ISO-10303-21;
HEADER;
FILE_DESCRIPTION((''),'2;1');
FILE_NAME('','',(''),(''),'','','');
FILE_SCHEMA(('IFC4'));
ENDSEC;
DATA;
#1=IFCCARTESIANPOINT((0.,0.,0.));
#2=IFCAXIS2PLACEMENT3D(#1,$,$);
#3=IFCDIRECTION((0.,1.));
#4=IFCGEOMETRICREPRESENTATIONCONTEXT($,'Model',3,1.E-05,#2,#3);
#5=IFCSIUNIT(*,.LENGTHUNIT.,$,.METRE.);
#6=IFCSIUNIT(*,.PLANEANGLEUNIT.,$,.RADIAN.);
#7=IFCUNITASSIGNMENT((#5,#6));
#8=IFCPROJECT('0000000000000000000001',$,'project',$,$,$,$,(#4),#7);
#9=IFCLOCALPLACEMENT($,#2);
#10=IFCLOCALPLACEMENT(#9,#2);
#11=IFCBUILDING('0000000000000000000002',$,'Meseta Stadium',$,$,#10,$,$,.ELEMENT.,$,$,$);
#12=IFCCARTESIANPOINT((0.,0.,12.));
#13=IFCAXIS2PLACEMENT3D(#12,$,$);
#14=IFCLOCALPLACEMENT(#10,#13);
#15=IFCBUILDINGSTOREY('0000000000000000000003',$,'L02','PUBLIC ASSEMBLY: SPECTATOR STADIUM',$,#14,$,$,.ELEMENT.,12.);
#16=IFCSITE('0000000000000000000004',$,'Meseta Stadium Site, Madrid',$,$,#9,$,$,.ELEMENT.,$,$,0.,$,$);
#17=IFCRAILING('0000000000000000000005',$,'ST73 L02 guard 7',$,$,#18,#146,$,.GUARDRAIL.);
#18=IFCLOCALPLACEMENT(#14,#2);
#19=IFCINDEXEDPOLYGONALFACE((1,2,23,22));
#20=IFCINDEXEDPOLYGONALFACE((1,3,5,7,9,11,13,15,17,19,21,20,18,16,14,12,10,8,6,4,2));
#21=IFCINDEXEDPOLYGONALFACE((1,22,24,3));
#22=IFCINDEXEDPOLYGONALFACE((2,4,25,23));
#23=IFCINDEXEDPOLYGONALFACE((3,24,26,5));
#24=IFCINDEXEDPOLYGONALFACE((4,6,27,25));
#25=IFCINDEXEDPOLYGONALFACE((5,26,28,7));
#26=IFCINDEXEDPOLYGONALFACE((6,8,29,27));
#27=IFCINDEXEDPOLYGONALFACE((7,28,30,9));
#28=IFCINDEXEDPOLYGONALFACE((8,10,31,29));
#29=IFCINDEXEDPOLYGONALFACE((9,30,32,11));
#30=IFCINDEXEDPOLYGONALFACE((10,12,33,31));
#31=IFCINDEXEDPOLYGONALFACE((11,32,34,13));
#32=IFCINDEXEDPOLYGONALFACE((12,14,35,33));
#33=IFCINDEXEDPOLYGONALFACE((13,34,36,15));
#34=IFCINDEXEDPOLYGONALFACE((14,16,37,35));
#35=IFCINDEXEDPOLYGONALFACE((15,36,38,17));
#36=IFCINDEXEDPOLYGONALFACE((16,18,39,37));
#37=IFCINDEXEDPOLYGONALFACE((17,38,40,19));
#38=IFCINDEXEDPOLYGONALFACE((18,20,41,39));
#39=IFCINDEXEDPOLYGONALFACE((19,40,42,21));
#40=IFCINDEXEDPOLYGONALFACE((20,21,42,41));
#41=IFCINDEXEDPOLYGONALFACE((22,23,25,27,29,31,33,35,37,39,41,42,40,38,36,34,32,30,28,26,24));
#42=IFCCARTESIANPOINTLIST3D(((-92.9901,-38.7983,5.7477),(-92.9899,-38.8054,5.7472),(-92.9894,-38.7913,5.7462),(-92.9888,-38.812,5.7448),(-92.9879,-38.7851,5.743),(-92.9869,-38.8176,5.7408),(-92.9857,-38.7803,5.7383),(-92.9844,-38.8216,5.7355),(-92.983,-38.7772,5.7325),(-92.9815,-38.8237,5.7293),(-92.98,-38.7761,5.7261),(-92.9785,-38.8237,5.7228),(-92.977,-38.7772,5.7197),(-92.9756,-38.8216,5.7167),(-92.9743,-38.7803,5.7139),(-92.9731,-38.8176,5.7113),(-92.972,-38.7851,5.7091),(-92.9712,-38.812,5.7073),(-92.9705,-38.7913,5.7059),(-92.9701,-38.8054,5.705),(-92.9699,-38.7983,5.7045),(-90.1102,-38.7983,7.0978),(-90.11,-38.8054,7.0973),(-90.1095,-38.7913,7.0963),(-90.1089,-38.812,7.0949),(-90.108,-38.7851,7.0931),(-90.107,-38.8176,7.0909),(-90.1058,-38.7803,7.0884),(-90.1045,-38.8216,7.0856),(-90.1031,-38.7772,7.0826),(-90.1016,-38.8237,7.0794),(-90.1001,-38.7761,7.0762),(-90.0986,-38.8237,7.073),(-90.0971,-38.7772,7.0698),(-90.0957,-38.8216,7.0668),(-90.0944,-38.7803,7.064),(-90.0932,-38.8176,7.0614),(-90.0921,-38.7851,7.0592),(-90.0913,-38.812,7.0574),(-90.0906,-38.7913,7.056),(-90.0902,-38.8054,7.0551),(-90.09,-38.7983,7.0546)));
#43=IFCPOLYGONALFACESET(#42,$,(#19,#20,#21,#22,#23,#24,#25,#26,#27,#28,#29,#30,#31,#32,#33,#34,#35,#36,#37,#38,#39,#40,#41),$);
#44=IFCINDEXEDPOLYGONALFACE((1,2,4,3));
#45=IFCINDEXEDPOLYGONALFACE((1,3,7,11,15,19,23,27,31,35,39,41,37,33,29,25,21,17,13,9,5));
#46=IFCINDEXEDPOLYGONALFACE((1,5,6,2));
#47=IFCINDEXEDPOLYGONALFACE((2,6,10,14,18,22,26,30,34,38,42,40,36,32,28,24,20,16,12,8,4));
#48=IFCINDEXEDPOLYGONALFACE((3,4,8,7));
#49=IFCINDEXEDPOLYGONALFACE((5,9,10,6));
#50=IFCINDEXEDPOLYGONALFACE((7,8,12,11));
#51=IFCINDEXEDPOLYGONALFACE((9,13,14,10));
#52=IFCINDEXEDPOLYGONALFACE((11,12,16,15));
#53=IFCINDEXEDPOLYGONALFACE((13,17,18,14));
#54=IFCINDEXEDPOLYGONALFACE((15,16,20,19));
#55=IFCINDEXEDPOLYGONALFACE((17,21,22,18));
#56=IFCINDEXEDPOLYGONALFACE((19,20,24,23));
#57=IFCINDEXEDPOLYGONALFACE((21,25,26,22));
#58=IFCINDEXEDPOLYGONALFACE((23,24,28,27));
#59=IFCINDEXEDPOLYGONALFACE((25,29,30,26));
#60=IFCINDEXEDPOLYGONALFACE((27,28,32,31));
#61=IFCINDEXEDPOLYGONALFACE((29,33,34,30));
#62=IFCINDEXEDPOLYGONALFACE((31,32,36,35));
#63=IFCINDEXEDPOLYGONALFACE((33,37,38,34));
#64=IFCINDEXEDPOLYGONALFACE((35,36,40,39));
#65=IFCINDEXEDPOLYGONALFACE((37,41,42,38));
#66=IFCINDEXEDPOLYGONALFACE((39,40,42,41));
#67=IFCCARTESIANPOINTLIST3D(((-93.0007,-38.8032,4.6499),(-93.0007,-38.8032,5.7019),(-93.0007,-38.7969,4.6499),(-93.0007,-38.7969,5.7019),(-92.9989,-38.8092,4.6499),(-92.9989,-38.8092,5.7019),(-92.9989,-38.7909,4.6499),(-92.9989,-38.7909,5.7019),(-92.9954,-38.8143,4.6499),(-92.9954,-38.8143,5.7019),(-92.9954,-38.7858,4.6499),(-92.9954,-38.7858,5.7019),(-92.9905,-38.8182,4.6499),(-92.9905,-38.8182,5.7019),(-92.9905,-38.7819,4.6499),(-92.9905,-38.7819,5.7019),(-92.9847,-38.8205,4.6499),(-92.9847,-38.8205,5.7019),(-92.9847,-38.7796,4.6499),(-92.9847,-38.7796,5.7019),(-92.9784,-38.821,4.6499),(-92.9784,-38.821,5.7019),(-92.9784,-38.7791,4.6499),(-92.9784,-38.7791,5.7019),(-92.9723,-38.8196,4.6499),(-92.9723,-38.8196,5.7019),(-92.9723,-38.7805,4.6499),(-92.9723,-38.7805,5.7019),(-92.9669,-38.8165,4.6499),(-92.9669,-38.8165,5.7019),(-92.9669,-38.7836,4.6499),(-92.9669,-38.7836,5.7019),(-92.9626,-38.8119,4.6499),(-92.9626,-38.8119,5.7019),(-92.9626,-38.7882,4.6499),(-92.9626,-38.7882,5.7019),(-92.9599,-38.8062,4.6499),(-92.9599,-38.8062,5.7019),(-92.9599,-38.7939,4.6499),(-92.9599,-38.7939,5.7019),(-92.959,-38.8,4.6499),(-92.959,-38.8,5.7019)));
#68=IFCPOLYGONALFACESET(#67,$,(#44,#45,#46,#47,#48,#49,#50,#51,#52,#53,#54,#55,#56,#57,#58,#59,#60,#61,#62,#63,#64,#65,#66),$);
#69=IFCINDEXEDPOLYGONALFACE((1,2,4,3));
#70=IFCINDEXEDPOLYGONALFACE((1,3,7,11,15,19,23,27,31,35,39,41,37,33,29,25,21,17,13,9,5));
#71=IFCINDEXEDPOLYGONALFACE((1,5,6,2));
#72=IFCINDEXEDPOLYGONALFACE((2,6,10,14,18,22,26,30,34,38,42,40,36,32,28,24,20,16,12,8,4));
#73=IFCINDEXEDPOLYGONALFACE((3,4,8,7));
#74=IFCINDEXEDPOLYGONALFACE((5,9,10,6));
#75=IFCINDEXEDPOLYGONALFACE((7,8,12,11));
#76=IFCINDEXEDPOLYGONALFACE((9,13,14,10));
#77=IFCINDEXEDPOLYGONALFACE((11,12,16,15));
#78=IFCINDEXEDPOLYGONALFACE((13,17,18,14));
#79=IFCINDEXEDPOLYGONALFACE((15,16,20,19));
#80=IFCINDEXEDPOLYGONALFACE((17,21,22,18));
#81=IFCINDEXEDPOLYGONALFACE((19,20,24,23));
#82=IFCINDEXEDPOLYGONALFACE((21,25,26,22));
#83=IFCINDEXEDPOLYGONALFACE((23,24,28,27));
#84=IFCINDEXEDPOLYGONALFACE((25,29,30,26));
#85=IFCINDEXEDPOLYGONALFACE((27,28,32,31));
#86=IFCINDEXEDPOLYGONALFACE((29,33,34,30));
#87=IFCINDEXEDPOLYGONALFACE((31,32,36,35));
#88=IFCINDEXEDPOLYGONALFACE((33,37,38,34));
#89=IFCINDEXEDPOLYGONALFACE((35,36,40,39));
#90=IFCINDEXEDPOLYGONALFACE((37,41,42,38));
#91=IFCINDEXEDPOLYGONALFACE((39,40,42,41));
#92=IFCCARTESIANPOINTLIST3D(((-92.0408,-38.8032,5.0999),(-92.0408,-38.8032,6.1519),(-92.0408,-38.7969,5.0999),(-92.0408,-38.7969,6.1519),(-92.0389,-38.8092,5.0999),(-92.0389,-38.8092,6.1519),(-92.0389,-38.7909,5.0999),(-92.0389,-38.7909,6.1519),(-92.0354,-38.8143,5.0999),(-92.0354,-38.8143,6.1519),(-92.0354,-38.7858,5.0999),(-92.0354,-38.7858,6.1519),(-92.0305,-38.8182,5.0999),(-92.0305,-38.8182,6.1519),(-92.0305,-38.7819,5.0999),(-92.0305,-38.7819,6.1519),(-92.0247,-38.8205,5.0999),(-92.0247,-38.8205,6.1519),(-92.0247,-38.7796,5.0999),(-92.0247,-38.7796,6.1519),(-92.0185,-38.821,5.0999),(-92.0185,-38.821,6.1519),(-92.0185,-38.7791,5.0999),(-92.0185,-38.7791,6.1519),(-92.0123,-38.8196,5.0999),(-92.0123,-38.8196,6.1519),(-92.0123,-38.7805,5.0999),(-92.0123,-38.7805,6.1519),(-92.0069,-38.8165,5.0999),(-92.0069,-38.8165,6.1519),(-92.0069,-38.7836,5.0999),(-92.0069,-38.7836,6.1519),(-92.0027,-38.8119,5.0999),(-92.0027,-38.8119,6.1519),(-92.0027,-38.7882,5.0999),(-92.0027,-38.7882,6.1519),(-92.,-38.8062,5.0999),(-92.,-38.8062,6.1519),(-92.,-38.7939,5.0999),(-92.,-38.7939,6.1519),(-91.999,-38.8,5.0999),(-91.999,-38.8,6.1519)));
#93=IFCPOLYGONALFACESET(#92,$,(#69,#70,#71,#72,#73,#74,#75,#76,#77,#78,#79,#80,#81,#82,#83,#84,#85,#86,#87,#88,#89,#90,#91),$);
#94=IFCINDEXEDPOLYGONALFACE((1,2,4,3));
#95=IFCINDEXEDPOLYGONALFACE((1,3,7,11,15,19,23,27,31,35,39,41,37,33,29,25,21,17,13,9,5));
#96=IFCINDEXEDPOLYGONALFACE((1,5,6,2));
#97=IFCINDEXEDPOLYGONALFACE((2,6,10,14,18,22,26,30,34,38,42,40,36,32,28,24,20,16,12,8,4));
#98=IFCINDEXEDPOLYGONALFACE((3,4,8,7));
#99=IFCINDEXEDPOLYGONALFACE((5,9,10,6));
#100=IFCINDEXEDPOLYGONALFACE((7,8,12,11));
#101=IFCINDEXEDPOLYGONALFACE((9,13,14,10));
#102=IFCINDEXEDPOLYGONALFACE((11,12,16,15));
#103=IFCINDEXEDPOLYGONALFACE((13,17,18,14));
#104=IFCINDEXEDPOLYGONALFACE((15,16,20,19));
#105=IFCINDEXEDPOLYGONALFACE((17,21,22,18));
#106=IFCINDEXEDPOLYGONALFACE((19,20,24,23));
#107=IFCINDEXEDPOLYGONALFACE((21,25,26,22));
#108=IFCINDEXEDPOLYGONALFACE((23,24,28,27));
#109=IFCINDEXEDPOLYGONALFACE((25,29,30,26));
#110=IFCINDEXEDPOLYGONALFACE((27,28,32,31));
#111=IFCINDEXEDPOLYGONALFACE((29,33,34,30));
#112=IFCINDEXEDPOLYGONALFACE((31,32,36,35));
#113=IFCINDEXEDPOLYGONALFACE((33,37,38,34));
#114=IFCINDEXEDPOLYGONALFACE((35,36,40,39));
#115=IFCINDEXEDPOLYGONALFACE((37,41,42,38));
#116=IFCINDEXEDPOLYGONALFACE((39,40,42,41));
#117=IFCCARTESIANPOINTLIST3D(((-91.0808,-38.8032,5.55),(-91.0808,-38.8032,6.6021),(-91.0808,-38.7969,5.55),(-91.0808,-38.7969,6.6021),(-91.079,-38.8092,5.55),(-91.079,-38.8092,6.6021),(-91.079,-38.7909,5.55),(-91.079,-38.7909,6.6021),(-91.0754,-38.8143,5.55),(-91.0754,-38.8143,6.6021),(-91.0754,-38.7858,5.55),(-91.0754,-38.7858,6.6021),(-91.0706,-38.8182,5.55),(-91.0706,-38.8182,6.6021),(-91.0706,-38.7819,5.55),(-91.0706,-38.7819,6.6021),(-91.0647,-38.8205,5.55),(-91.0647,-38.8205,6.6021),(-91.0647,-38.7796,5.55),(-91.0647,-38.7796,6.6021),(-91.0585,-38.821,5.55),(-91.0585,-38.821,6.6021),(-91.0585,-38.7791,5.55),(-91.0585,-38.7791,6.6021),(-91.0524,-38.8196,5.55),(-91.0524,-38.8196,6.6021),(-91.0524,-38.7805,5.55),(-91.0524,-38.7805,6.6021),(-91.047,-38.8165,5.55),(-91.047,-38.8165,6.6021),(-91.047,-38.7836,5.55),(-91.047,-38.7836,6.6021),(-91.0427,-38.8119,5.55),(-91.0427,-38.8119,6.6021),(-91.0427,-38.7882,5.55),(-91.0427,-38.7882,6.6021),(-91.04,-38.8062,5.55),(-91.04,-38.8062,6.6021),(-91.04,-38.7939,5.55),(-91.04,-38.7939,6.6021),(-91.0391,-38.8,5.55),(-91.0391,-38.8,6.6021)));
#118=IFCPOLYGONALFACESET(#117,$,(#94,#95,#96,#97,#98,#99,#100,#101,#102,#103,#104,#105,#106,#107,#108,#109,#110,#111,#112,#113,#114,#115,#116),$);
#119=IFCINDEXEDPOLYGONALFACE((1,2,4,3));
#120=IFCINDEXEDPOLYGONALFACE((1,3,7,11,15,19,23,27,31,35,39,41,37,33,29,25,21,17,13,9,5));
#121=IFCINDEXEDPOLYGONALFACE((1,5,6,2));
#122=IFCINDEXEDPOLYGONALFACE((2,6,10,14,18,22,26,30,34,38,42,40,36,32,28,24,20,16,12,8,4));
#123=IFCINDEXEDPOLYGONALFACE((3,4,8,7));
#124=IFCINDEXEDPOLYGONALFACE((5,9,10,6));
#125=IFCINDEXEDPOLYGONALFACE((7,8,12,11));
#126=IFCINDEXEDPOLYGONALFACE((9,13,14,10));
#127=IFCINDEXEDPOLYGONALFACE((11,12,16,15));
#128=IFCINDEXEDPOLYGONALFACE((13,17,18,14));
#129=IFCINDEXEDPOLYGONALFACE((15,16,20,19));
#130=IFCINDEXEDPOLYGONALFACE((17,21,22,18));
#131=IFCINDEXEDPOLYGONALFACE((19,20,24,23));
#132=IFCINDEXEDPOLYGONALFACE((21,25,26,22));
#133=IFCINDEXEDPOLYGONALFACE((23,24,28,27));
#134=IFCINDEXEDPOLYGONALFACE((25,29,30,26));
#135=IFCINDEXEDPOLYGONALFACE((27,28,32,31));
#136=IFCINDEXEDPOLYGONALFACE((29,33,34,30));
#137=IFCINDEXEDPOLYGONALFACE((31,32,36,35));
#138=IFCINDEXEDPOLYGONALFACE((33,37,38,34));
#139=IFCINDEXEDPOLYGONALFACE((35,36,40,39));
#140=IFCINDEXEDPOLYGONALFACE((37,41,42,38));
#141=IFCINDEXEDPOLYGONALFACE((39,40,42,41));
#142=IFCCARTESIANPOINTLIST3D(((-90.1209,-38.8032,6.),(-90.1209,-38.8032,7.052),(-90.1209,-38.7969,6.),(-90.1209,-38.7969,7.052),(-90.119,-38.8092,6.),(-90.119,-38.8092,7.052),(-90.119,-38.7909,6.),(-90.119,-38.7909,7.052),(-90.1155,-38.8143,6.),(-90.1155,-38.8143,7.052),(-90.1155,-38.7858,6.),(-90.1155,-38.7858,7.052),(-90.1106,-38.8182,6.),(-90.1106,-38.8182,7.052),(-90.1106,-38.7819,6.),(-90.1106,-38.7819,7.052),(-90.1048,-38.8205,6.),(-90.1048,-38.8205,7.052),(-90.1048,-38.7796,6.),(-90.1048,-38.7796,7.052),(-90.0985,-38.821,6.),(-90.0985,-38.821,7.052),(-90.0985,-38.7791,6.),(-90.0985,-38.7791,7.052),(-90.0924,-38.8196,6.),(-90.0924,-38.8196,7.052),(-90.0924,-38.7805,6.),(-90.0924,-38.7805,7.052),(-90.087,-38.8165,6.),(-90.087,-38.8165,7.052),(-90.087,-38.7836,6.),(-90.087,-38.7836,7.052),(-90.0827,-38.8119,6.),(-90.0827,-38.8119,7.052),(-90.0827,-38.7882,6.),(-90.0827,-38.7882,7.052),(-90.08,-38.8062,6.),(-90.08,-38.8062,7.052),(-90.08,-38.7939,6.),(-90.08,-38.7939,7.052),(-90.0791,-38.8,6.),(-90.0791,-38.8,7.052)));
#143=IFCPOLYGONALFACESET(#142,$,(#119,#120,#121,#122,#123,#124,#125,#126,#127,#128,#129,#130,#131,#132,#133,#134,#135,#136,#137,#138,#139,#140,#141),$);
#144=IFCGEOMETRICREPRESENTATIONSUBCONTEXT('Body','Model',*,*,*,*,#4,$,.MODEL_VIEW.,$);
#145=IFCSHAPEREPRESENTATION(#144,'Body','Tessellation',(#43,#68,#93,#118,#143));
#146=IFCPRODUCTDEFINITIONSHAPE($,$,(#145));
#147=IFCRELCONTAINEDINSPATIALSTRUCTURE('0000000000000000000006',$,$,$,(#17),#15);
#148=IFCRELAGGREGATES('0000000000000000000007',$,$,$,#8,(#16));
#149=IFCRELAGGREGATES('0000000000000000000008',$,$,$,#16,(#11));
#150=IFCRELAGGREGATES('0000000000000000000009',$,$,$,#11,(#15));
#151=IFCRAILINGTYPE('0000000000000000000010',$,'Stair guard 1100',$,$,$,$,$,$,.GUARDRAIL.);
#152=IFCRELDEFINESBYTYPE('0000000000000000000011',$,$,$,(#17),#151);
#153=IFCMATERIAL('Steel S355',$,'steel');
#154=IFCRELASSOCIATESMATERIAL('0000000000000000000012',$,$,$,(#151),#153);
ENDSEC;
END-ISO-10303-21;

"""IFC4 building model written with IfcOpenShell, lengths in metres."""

from ifc_helpers import new_model, si_unit, direction, frame, origin, origin_2d, place, context, subcontext, project, spatial, circle, extrude, material, type_object, element, save


model = new_model("IFC4")

# Units and contexts
model_context = context("Model", 3, precision=1e-05, world=origin(), true_north=direction((0.0, 1.0)))
body_context = subcontext(model_context, "Body", "Model", "MODEL_VIEW")
ifc_project = project(units=[si_unit("LENGTHUNIT", "METRE"), si_unit("PLANEANGLEUNIT", "RADIAN")], contexts=[model_context])

# Site, building, storey
site_placement = place(None, origin())
site = spatial("IfcSite", under=ifc_project, at=site_placement, Name="Meseta Stadium Site, Madrid", CompositionType="ELEMENT", RefElevation=0.0)
building_placement = place(site_placement, origin())
building = spatial("IfcBuilding", under=site, at=building_placement, Name="Meseta Stadium", CompositionType="ELEMENT")
storey_placement = place(building_placement, frame((0.0, 0.0, 12.0)))
storey = spatial("IfcBuildingStorey", under=building, at=storey_placement, Name="L02", Description="PUBLIC ASSEMBLY: SPECTATOR STADIUM", CompositionType="ELEMENT", Elevation=12.0)

# Railing
ifc_material_1 = material(Name="Steel S355", Category="steel")
railing_type_1 = type_object("IfcRailingType", Name="Stair guard 1100", PredefinedType="GUARDRAIL", material=ifc_material_1)
railing_1_placement = place(storey_placement, frame((-92.98, -38.8, 4.6499)))
element("IfcRailing", 1, at=railing_1_placement, inside=storey, type_object=railing_type_1, Name="ST73 L02 guard 7", PredefinedType="GUARDRAIL", context=body_context, shape_type="SweptSolid", body=[
    extrude(circle(Radius=0.0239, at=origin_2d()), frame((0.0, 0.0, 1.0762), z_axis=(0.90544, 0.0, 0.424473), x_axis=(0.0, 1.0, 0.0)), (0.0, 0.0, 1.0), 3.1807),
    extrude(circle(Radius=0.021, at=origin_2d()), origin(), (0.0, 0.0, 1.0), 1.052),
    extrude(circle(Radius=0.021, at=origin_2d()), frame((0.96, 0.0, 0.45)), (0.0, 0.0, 1.0), 1.052),
    extrude(circle(Radius=0.021, at=origin_2d()), frame((1.9199, 0.0, 0.9001)), (0.0, 0.0, 1.0), 1.052),
    extrude(circle(Radius=0.021, at=origin_2d()), frame((2.8799, 0.0, 1.3501)), (0.0, 0.0, 1.0), 1.052),
])

save(model, "model.ifc")
